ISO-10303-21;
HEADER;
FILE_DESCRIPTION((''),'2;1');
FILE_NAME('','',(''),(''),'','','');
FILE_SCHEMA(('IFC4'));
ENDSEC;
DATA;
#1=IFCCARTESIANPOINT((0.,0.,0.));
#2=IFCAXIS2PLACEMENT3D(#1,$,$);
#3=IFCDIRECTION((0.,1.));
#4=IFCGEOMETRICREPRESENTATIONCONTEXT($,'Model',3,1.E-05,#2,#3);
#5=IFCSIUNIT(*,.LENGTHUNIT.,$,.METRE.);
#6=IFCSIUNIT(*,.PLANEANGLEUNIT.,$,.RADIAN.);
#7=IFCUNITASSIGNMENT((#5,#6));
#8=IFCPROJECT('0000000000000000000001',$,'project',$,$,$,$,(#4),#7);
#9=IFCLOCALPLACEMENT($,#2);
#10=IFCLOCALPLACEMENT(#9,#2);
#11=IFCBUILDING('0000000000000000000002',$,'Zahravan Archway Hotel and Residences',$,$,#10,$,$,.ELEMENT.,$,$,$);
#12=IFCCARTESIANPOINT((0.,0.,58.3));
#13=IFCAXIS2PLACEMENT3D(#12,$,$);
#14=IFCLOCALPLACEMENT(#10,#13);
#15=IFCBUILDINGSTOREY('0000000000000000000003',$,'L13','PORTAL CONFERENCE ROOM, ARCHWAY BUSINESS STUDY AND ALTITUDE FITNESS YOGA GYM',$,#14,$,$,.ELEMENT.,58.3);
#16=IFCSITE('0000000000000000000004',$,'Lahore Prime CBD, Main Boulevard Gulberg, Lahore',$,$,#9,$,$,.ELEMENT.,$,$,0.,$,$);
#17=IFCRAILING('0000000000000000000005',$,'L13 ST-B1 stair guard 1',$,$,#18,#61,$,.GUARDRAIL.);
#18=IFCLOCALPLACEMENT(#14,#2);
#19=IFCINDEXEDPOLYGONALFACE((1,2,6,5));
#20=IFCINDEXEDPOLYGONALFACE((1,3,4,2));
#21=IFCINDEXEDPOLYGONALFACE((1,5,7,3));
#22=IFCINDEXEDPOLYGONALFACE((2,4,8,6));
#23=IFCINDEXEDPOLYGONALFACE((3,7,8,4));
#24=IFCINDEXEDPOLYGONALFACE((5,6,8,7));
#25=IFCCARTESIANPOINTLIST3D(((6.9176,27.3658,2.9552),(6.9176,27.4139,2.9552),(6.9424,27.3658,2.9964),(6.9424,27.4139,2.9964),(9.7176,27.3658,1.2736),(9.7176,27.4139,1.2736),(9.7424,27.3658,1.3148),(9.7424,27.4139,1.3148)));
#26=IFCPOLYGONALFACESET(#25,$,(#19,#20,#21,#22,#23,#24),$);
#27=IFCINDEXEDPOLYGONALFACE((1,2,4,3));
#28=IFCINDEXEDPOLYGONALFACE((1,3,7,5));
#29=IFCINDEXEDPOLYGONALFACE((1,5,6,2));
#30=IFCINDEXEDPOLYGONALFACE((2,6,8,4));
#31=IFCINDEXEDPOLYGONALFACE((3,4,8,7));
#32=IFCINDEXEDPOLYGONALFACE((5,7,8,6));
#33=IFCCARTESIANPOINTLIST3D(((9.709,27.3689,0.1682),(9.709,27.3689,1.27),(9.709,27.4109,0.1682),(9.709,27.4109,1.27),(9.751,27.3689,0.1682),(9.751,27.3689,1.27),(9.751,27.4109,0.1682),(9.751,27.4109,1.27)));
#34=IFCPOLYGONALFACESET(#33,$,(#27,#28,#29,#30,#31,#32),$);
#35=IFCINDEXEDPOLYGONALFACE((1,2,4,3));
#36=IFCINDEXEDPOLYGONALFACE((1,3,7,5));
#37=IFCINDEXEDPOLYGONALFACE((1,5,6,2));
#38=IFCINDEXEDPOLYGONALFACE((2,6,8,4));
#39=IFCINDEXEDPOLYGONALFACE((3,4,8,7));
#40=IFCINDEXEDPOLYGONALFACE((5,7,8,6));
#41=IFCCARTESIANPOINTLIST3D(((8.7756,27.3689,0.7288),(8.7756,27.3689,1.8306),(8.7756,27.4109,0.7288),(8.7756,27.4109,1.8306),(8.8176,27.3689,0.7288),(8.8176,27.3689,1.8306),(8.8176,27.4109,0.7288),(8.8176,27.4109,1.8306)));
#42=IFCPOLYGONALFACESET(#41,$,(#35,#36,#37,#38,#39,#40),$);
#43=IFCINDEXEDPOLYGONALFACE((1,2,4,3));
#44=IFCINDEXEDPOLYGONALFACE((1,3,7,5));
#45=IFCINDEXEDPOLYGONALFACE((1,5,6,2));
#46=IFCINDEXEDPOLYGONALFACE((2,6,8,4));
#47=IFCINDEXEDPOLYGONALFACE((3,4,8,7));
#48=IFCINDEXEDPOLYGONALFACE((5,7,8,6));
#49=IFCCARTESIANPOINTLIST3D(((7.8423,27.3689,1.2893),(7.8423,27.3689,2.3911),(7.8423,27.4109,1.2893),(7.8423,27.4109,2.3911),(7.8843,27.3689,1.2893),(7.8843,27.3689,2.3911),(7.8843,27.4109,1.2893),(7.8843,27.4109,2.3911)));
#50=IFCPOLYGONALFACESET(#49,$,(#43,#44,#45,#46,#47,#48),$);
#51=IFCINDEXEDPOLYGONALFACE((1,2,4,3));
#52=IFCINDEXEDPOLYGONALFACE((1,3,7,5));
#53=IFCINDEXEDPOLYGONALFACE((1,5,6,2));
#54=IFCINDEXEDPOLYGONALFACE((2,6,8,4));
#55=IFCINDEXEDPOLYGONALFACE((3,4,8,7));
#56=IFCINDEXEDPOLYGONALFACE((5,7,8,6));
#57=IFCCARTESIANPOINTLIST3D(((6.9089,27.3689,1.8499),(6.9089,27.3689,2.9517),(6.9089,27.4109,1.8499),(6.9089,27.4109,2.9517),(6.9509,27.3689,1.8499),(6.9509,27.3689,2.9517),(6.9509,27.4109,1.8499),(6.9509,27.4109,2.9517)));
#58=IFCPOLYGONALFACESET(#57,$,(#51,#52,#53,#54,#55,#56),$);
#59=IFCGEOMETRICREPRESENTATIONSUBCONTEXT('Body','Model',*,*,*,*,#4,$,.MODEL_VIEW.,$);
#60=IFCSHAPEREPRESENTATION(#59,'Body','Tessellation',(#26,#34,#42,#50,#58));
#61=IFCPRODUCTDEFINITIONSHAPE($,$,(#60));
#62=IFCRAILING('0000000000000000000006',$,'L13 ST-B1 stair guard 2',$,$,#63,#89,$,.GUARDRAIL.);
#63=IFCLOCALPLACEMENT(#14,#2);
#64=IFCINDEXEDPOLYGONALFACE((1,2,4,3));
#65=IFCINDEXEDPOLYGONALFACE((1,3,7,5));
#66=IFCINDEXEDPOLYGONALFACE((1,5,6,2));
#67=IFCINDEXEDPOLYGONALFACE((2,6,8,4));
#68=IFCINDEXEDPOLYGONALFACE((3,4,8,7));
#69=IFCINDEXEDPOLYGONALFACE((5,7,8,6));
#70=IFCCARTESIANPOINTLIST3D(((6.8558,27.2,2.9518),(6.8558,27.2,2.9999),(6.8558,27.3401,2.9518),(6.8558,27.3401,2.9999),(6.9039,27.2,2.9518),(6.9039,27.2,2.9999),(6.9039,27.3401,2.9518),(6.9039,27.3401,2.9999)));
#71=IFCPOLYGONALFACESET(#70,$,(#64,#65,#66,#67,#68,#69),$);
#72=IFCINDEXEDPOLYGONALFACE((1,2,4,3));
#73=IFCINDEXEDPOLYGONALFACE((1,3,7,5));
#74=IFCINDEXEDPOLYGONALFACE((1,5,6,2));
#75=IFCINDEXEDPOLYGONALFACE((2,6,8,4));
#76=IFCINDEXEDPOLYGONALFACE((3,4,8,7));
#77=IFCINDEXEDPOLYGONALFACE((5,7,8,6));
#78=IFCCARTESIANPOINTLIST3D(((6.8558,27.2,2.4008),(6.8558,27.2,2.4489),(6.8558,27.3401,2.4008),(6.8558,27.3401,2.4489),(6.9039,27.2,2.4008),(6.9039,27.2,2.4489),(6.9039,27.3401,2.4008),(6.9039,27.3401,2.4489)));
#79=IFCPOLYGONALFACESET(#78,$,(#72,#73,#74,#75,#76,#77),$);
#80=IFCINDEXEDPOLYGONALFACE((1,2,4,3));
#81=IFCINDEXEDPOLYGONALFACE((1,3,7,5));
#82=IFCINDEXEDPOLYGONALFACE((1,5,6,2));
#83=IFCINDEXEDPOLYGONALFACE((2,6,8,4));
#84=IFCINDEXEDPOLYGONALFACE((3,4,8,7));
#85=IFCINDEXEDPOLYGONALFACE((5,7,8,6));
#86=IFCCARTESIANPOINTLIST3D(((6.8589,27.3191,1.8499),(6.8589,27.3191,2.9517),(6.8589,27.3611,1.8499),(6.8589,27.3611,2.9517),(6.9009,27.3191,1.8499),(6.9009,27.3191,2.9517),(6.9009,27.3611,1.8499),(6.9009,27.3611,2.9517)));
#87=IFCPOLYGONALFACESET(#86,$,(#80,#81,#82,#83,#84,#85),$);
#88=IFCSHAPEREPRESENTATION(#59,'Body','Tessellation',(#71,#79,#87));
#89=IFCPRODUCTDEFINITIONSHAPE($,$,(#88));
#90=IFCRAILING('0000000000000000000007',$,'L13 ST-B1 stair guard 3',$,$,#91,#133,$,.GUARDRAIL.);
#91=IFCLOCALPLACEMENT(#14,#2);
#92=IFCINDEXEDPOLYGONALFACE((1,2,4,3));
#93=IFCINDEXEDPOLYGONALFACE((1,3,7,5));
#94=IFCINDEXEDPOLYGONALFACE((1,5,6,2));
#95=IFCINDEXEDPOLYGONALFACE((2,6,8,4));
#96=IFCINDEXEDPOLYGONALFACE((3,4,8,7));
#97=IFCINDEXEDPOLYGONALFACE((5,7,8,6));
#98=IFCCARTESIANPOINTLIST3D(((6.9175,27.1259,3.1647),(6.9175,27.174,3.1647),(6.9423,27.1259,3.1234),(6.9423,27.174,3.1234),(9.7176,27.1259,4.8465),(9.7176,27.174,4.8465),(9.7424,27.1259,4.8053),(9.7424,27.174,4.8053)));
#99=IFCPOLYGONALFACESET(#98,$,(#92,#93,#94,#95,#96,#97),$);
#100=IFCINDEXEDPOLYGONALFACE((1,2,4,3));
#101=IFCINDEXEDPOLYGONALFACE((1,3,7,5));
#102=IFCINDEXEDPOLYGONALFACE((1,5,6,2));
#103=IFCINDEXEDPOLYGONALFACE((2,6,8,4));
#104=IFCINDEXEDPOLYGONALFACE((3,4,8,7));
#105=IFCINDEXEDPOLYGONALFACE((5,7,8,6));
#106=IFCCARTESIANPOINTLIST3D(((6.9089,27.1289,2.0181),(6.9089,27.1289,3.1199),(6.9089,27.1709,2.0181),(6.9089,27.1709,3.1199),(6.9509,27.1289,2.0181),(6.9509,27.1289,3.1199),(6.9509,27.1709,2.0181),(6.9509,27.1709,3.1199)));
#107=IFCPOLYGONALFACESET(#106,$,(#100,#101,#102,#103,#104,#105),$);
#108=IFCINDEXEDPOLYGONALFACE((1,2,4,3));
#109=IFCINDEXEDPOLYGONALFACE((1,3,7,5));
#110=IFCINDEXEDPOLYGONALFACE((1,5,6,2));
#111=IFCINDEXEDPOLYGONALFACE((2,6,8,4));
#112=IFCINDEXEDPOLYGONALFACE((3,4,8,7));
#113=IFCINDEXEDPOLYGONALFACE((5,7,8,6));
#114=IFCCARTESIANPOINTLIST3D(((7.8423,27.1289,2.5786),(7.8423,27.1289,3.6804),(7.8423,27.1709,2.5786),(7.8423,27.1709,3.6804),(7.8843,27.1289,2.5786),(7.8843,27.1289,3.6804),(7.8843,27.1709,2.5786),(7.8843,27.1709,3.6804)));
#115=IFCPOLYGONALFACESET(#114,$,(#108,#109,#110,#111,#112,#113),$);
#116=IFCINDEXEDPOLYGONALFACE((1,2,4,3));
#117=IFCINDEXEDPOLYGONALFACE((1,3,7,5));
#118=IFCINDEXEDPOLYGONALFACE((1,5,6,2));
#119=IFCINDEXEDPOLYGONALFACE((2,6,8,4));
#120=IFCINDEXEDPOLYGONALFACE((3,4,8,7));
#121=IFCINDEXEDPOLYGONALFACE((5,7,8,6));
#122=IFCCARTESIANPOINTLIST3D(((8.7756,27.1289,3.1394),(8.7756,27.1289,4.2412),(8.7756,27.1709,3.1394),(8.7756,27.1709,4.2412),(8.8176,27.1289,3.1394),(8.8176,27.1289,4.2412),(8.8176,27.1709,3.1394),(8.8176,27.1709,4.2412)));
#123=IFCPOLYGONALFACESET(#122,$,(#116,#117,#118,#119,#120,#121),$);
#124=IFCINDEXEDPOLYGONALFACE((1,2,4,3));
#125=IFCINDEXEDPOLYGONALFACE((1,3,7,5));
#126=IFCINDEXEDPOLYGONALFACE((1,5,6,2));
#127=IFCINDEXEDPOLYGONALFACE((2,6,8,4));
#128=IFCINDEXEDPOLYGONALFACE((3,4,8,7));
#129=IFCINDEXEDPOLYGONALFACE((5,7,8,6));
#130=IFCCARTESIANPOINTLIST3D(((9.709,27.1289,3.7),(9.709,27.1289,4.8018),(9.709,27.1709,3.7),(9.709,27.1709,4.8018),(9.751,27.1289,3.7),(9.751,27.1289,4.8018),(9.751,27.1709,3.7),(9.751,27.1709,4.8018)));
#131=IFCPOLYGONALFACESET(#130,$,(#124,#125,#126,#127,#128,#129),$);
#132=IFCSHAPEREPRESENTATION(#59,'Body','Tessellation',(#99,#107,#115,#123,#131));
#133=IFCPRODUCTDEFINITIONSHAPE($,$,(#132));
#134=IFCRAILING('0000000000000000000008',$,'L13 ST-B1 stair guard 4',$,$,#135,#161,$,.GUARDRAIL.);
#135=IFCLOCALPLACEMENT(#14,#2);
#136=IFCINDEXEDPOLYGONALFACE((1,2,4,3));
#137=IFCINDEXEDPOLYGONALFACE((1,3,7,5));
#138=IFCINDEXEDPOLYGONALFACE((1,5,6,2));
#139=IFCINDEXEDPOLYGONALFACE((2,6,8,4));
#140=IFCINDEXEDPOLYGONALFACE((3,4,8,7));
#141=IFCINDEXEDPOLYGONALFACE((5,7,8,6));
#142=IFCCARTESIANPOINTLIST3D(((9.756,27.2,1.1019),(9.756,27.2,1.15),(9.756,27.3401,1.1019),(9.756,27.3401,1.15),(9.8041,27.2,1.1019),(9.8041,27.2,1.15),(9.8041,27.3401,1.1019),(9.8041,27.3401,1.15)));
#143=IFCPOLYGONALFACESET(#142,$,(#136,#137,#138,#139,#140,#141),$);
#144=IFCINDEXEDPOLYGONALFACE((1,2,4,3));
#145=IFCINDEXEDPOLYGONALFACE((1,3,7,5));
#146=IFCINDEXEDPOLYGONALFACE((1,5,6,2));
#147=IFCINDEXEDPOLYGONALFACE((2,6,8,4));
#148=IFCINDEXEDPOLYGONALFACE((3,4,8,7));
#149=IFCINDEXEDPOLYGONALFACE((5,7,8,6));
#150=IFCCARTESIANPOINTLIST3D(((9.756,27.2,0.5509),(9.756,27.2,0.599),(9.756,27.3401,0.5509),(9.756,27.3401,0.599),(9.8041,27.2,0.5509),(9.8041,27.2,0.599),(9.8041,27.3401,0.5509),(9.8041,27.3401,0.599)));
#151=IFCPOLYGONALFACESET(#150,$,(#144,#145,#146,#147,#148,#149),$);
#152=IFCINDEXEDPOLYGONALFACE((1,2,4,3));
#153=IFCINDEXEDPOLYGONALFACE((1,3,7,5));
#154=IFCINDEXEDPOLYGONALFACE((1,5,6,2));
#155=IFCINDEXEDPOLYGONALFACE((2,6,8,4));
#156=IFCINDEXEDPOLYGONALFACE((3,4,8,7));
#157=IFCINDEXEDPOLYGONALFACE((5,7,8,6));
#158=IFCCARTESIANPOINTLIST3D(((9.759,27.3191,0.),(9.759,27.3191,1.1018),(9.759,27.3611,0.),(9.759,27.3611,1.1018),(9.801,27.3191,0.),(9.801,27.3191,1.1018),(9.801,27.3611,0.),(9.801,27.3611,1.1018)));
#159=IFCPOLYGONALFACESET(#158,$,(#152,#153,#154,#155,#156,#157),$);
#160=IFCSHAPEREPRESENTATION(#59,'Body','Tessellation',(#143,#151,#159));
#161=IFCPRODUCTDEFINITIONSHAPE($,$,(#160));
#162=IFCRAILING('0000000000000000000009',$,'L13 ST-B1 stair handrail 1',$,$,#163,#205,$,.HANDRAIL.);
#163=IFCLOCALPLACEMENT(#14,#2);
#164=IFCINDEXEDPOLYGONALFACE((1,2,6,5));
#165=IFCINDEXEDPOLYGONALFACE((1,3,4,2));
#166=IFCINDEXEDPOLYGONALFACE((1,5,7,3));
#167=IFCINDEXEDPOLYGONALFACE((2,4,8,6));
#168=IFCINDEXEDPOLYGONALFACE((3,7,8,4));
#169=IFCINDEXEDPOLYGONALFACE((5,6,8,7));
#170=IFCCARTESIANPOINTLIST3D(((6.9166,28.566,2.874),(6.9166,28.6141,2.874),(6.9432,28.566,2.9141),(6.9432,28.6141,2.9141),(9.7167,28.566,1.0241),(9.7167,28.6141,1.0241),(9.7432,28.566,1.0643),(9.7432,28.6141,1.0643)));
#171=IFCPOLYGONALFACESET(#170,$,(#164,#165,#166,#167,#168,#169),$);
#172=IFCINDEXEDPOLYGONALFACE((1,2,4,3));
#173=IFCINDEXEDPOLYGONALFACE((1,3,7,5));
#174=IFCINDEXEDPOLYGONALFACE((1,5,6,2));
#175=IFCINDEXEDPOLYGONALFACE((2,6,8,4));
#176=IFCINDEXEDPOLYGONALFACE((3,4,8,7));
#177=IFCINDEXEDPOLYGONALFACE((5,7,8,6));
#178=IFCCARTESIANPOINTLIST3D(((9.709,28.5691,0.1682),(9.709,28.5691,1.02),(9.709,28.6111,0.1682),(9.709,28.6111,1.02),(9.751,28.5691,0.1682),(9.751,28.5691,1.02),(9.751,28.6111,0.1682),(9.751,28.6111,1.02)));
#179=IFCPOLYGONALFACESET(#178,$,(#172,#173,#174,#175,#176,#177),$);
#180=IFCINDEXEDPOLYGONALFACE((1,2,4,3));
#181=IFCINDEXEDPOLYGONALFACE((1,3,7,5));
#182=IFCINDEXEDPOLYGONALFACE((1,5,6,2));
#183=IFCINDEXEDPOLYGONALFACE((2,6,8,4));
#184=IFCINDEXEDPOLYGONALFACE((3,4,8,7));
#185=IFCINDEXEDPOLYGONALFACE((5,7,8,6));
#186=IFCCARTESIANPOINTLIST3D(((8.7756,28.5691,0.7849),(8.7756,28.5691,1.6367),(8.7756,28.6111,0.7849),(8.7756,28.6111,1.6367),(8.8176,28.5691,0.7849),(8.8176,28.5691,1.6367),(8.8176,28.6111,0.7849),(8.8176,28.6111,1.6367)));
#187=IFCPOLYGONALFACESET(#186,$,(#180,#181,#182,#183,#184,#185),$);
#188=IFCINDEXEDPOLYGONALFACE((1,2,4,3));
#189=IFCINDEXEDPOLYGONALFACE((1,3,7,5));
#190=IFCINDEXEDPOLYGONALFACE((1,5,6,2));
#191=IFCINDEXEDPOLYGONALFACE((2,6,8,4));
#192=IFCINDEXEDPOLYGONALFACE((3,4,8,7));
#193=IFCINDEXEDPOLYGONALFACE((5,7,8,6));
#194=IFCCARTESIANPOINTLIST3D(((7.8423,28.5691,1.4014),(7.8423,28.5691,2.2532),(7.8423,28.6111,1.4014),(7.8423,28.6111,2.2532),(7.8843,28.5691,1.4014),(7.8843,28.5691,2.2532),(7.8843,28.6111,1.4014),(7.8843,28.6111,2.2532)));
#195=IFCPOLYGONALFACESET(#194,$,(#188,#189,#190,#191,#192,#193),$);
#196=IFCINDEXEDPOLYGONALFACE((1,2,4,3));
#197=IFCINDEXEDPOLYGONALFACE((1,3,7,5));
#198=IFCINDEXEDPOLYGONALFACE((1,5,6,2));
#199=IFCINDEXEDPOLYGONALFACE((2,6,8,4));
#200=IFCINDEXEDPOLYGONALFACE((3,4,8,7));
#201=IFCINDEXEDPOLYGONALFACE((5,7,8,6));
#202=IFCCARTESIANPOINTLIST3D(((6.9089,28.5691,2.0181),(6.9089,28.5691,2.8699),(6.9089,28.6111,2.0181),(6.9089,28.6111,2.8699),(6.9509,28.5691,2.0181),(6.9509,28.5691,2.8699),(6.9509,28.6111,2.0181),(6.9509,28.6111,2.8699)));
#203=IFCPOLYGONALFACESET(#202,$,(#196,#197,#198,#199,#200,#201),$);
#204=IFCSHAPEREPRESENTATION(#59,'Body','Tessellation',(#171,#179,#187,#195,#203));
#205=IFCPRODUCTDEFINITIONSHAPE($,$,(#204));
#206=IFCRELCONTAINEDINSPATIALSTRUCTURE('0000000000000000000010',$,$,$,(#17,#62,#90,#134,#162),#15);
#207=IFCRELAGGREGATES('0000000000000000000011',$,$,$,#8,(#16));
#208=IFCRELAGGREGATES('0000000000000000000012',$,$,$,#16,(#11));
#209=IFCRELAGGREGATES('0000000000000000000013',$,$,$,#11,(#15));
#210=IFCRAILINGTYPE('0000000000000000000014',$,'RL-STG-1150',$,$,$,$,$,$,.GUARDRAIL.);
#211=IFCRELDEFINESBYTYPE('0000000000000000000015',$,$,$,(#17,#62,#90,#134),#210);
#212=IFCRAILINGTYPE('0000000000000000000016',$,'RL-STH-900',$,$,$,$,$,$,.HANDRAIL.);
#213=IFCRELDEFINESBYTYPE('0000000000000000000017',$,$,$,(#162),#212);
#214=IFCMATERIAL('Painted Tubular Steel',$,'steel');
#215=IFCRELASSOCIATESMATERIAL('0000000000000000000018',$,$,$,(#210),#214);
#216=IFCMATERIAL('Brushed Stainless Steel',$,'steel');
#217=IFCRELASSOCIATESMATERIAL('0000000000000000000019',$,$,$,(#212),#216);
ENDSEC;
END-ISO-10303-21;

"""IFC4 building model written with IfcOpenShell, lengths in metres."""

from ifc_helpers import new_model, si_unit, direction, frame, origin, origin_2d, place, context, subcontext, project, spatial, rectangle, extrude, material, type_object, element, save


model = new_model("IFC4")

# Units and contexts
model_context = context("Model", 3, precision=1e-05, world=origin(), true_north=direction((0.0, 1.0)))
body_context = subcontext(model_context, "Body", "Model", "MODEL_VIEW")
ifc_project = project(units=[si_unit("LENGTHUNIT", "METRE"), si_unit("PLANEANGLEUNIT", "RADIAN")], contexts=[model_context])

# Site, building, storey
site_placement = place(None, origin())
site = spatial("IfcSite", under=ifc_project, at=site_placement, Name="Lahore Prime CBD, Main Boulevard Gulberg, Lahore", CompositionType="ELEMENT", RefElevation=0.0)
building_placement = place(site_placement, origin())
building = spatial("IfcBuilding", under=site, at=building_placement, Name="Zahravan Archway Hotel and Residences", CompositionType="ELEMENT")
storey_placement = place(building_placement, frame((0.0, 0.0, 58.3)))
storey = spatial("IfcBuildingStorey", under=building, at=storey_placement, Name="L13", Description="PORTAL CONFERENCE ROOM, ARCHWAY BUSINESS STUDY AND ALTITUDE FITNESS YOGA GYM", CompositionType="ELEMENT", Elevation=58.3)

# Shared definitions
ifc_material_1 = material(Name="Brushed Stainless Steel", Category="steel")

# Railings
ifc_material_2 = material(Name="Painted Tubular Steel", Category="steel")
railing_type_1 = type_object("IfcRailingType", Name="RL-STG-1150", PredefinedType="GUARDRAIL", material=ifc_material_2)
railing_1_placement = place(storey_placement, frame((9.73, 27.3899, 0.1682)))
element("IfcRailing", 1, at=railing_1_placement, inside=storey, type_object=railing_type_1, Name="L13 ST-B1 stair guard 1", PredefinedType="GUARDRAIL", context=body_context, shape_type="SweptSolid", body=[
    extrude(rectangle(XDim=0.0481, YDim=0.0481, at=origin_2d()), frame((0.0, 0.0, 1.126), z_axis=(-0.857275, 0.0, 0.514858), x_axis=(0.0, -1.0, 0.0)), (0.0, 0.0, 1.0), 3.2661),
    extrude(rectangle(XDim=0.042, YDim=0.042, at=origin_2d()), origin(), (0.0, 0.0, 1.0), 1.1018),
    extrude(rectangle(XDim=0.042, YDim=0.042, at=origin_2d()), frame((-0.9333, 0.0, 0.5605)), (0.0, 0.0, 1.0), 1.1018),
    extrude(rectangle(XDim=0.042, YDim=0.042, at=origin_2d()), frame((-1.8667, 0.0, 1.1211)), (0.0, 0.0, 1.0), 1.1018),
    extrude(rectangle(XDim=0.042, YDim=0.042, at=origin_2d()), frame((-2.8, 0.0, 1.6816)), (0.0, 0.0, 1.0), 1.1018),
])
railing_2_placement = place(storey_placement, frame((6.8799, 27.3401, 1.8499)))
element("IfcRailing", 2, at=railing_2_placement, inside=storey, type_object=railing_type_1, Name="L13 ST-B1 stair guard 2", PredefinedType="GUARDRAIL", context=body_context, shape_type="SweptSolid", body=[
    extrude(rectangle(XDim=0.0481, YDim=0.0481, at=origin_2d()), frame((0.0, 0.0, 1.126), z_axis=(0.0, -1.0, 0.0), x_axis=(1.0, 0.0, 0.0)), (0.0, 0.0, 1.0), 0.1401),
    extrude(rectangle(XDim=0.0481, YDim=0.0481, at=origin_2d()), frame((0.0, 0.0, 0.575), z_axis=(0.0, -1.0, 0.0), x_axis=(1.0, 0.0, 0.0)), (0.0, 0.0, 1.0), 0.1401),
    extrude(rectangle(XDim=0.042, YDim=0.042, at=origin_2d()), origin(), (0.0, 0.0, 1.0), 1.1018),
])
railing_3_placement = place(storey_placement, frame((6.9299, 27.1499, 2.0181)))
element("IfcRailing", 3, at=railing_3_placement, inside=storey, type_object=railing_type_1, Name="L13 ST-B1 stair guard 3", PredefinedType="GUARDRAIL", context=body_context, shape_type="SweptSolid", body=[
    extrude(rectangle(XDim=0.0481, YDim=0.0481, at=origin_2d()), frame((0.0, 0.0, 1.126), z_axis=(0.857242, 0.0, 0.514913), x_axis=(0.0, 1.0, 0.0)), (0.0, 0.0, 1.0), 3.2664),
    extrude(rectangle(XDim=0.042, YDim=0.042, at=origin_2d()), origin(), (0.0, 0.0, 1.0), 1.1018),
    extrude(rectangle(XDim=0.042, YDim=0.042, at=origin_2d()), frame((0.9333, 0.0, 0.5605)), (0.0, 0.0, 1.0), 1.1018),
    extrude(rectangle(XDim=0.042, YDim=0.042, at=origin_2d()), frame((1.8667, 0.0, 1.1213)), (0.0, 0.0, 1.0), 1.1018),
    extrude(rectangle(XDim=0.042, YDim=0.042, at=origin_2d()), frame((2.8, 0.0, 1.6819)), (0.0, 0.0, 1.0), 1.1018),
])
railing_4_placement = place(storey_placement, frame((9.78, 27.3401, 0.0)))
element("IfcRailing", 4, at=railing_4_placement, inside=storey, type_object=railing_type_1, Name="L13 ST-B1 stair guard 4", PredefinedType="GUARDRAIL", context=body_context, shape_type="SweptSolid", body=[
    extrude(rectangle(XDim=0.0481, YDim=0.0481, at=origin_2d()), frame((0.0, 0.0, 1.126), z_axis=(0.0, -1.0, 0.0), x_axis=(1.0, 0.0, 0.0)), (0.0, 0.0, 1.0), 0.1401),
    extrude(rectangle(XDim=0.0481, YDim=0.0481, at=origin_2d()), frame((0.0, 0.0, 0.575), z_axis=(0.0, -1.0, 0.0), x_axis=(1.0, 0.0, 0.0)), (0.0, 0.0, 1.0), 0.1401),
    extrude(rectangle(XDim=0.042, YDim=0.042, at=origin_2d()), origin(), (0.0, 0.0, 1.0), 1.1018),
])
railing_type_2 = type_object("IfcRailingType", Name="RL-STH-900", PredefinedType="HANDRAIL", material=ifc_material_1)
railing_5_placement = place(storey_placement, frame((9.73, 28.5901, 0.1682)))
element("IfcRailing", 5, at=railing_5_placement, inside=storey, type_object=railing_type_2, Name="L13 ST-B1 stair handrail 1", PredefinedType="HANDRAIL", context=body_context, shape_type="SweptSolid", body=[
    extrude(rectangle(XDim=0.0481, YDim=0.0481, at=origin_2d()), frame((0.0, 0.0, 0.876), z_axis=(-0.83436, 0.0, 0.55122), x_axis=(0.0, -1.0, 0.0)), (0.0, 0.0, 1.0), 3.356),
    extrude(rectangle(XDim=0.042, YDim=0.042, at=origin_2d()), origin(), (0.0, 0.0, 1.0), 0.8518),
    extrude(rectangle(XDim=0.042, YDim=0.042, at=origin_2d()), frame((-0.9333, 0.0, 0.6167)), (0.0, 0.0, 1.0), 0.8518),
    extrude(rectangle(XDim=0.042, YDim=0.042, at=origin_2d()), frame((-1.8667, 0.0, 1.2332)), (0.0, 0.0, 1.0), 0.8518),
    extrude(rectangle(XDim=0.042, YDim=0.042, at=origin_2d()), frame((-2.8, 0.0, 1.8499)), (0.0, 0.0, 1.0), 0.8518),
])

save(model, "model.ifc")
